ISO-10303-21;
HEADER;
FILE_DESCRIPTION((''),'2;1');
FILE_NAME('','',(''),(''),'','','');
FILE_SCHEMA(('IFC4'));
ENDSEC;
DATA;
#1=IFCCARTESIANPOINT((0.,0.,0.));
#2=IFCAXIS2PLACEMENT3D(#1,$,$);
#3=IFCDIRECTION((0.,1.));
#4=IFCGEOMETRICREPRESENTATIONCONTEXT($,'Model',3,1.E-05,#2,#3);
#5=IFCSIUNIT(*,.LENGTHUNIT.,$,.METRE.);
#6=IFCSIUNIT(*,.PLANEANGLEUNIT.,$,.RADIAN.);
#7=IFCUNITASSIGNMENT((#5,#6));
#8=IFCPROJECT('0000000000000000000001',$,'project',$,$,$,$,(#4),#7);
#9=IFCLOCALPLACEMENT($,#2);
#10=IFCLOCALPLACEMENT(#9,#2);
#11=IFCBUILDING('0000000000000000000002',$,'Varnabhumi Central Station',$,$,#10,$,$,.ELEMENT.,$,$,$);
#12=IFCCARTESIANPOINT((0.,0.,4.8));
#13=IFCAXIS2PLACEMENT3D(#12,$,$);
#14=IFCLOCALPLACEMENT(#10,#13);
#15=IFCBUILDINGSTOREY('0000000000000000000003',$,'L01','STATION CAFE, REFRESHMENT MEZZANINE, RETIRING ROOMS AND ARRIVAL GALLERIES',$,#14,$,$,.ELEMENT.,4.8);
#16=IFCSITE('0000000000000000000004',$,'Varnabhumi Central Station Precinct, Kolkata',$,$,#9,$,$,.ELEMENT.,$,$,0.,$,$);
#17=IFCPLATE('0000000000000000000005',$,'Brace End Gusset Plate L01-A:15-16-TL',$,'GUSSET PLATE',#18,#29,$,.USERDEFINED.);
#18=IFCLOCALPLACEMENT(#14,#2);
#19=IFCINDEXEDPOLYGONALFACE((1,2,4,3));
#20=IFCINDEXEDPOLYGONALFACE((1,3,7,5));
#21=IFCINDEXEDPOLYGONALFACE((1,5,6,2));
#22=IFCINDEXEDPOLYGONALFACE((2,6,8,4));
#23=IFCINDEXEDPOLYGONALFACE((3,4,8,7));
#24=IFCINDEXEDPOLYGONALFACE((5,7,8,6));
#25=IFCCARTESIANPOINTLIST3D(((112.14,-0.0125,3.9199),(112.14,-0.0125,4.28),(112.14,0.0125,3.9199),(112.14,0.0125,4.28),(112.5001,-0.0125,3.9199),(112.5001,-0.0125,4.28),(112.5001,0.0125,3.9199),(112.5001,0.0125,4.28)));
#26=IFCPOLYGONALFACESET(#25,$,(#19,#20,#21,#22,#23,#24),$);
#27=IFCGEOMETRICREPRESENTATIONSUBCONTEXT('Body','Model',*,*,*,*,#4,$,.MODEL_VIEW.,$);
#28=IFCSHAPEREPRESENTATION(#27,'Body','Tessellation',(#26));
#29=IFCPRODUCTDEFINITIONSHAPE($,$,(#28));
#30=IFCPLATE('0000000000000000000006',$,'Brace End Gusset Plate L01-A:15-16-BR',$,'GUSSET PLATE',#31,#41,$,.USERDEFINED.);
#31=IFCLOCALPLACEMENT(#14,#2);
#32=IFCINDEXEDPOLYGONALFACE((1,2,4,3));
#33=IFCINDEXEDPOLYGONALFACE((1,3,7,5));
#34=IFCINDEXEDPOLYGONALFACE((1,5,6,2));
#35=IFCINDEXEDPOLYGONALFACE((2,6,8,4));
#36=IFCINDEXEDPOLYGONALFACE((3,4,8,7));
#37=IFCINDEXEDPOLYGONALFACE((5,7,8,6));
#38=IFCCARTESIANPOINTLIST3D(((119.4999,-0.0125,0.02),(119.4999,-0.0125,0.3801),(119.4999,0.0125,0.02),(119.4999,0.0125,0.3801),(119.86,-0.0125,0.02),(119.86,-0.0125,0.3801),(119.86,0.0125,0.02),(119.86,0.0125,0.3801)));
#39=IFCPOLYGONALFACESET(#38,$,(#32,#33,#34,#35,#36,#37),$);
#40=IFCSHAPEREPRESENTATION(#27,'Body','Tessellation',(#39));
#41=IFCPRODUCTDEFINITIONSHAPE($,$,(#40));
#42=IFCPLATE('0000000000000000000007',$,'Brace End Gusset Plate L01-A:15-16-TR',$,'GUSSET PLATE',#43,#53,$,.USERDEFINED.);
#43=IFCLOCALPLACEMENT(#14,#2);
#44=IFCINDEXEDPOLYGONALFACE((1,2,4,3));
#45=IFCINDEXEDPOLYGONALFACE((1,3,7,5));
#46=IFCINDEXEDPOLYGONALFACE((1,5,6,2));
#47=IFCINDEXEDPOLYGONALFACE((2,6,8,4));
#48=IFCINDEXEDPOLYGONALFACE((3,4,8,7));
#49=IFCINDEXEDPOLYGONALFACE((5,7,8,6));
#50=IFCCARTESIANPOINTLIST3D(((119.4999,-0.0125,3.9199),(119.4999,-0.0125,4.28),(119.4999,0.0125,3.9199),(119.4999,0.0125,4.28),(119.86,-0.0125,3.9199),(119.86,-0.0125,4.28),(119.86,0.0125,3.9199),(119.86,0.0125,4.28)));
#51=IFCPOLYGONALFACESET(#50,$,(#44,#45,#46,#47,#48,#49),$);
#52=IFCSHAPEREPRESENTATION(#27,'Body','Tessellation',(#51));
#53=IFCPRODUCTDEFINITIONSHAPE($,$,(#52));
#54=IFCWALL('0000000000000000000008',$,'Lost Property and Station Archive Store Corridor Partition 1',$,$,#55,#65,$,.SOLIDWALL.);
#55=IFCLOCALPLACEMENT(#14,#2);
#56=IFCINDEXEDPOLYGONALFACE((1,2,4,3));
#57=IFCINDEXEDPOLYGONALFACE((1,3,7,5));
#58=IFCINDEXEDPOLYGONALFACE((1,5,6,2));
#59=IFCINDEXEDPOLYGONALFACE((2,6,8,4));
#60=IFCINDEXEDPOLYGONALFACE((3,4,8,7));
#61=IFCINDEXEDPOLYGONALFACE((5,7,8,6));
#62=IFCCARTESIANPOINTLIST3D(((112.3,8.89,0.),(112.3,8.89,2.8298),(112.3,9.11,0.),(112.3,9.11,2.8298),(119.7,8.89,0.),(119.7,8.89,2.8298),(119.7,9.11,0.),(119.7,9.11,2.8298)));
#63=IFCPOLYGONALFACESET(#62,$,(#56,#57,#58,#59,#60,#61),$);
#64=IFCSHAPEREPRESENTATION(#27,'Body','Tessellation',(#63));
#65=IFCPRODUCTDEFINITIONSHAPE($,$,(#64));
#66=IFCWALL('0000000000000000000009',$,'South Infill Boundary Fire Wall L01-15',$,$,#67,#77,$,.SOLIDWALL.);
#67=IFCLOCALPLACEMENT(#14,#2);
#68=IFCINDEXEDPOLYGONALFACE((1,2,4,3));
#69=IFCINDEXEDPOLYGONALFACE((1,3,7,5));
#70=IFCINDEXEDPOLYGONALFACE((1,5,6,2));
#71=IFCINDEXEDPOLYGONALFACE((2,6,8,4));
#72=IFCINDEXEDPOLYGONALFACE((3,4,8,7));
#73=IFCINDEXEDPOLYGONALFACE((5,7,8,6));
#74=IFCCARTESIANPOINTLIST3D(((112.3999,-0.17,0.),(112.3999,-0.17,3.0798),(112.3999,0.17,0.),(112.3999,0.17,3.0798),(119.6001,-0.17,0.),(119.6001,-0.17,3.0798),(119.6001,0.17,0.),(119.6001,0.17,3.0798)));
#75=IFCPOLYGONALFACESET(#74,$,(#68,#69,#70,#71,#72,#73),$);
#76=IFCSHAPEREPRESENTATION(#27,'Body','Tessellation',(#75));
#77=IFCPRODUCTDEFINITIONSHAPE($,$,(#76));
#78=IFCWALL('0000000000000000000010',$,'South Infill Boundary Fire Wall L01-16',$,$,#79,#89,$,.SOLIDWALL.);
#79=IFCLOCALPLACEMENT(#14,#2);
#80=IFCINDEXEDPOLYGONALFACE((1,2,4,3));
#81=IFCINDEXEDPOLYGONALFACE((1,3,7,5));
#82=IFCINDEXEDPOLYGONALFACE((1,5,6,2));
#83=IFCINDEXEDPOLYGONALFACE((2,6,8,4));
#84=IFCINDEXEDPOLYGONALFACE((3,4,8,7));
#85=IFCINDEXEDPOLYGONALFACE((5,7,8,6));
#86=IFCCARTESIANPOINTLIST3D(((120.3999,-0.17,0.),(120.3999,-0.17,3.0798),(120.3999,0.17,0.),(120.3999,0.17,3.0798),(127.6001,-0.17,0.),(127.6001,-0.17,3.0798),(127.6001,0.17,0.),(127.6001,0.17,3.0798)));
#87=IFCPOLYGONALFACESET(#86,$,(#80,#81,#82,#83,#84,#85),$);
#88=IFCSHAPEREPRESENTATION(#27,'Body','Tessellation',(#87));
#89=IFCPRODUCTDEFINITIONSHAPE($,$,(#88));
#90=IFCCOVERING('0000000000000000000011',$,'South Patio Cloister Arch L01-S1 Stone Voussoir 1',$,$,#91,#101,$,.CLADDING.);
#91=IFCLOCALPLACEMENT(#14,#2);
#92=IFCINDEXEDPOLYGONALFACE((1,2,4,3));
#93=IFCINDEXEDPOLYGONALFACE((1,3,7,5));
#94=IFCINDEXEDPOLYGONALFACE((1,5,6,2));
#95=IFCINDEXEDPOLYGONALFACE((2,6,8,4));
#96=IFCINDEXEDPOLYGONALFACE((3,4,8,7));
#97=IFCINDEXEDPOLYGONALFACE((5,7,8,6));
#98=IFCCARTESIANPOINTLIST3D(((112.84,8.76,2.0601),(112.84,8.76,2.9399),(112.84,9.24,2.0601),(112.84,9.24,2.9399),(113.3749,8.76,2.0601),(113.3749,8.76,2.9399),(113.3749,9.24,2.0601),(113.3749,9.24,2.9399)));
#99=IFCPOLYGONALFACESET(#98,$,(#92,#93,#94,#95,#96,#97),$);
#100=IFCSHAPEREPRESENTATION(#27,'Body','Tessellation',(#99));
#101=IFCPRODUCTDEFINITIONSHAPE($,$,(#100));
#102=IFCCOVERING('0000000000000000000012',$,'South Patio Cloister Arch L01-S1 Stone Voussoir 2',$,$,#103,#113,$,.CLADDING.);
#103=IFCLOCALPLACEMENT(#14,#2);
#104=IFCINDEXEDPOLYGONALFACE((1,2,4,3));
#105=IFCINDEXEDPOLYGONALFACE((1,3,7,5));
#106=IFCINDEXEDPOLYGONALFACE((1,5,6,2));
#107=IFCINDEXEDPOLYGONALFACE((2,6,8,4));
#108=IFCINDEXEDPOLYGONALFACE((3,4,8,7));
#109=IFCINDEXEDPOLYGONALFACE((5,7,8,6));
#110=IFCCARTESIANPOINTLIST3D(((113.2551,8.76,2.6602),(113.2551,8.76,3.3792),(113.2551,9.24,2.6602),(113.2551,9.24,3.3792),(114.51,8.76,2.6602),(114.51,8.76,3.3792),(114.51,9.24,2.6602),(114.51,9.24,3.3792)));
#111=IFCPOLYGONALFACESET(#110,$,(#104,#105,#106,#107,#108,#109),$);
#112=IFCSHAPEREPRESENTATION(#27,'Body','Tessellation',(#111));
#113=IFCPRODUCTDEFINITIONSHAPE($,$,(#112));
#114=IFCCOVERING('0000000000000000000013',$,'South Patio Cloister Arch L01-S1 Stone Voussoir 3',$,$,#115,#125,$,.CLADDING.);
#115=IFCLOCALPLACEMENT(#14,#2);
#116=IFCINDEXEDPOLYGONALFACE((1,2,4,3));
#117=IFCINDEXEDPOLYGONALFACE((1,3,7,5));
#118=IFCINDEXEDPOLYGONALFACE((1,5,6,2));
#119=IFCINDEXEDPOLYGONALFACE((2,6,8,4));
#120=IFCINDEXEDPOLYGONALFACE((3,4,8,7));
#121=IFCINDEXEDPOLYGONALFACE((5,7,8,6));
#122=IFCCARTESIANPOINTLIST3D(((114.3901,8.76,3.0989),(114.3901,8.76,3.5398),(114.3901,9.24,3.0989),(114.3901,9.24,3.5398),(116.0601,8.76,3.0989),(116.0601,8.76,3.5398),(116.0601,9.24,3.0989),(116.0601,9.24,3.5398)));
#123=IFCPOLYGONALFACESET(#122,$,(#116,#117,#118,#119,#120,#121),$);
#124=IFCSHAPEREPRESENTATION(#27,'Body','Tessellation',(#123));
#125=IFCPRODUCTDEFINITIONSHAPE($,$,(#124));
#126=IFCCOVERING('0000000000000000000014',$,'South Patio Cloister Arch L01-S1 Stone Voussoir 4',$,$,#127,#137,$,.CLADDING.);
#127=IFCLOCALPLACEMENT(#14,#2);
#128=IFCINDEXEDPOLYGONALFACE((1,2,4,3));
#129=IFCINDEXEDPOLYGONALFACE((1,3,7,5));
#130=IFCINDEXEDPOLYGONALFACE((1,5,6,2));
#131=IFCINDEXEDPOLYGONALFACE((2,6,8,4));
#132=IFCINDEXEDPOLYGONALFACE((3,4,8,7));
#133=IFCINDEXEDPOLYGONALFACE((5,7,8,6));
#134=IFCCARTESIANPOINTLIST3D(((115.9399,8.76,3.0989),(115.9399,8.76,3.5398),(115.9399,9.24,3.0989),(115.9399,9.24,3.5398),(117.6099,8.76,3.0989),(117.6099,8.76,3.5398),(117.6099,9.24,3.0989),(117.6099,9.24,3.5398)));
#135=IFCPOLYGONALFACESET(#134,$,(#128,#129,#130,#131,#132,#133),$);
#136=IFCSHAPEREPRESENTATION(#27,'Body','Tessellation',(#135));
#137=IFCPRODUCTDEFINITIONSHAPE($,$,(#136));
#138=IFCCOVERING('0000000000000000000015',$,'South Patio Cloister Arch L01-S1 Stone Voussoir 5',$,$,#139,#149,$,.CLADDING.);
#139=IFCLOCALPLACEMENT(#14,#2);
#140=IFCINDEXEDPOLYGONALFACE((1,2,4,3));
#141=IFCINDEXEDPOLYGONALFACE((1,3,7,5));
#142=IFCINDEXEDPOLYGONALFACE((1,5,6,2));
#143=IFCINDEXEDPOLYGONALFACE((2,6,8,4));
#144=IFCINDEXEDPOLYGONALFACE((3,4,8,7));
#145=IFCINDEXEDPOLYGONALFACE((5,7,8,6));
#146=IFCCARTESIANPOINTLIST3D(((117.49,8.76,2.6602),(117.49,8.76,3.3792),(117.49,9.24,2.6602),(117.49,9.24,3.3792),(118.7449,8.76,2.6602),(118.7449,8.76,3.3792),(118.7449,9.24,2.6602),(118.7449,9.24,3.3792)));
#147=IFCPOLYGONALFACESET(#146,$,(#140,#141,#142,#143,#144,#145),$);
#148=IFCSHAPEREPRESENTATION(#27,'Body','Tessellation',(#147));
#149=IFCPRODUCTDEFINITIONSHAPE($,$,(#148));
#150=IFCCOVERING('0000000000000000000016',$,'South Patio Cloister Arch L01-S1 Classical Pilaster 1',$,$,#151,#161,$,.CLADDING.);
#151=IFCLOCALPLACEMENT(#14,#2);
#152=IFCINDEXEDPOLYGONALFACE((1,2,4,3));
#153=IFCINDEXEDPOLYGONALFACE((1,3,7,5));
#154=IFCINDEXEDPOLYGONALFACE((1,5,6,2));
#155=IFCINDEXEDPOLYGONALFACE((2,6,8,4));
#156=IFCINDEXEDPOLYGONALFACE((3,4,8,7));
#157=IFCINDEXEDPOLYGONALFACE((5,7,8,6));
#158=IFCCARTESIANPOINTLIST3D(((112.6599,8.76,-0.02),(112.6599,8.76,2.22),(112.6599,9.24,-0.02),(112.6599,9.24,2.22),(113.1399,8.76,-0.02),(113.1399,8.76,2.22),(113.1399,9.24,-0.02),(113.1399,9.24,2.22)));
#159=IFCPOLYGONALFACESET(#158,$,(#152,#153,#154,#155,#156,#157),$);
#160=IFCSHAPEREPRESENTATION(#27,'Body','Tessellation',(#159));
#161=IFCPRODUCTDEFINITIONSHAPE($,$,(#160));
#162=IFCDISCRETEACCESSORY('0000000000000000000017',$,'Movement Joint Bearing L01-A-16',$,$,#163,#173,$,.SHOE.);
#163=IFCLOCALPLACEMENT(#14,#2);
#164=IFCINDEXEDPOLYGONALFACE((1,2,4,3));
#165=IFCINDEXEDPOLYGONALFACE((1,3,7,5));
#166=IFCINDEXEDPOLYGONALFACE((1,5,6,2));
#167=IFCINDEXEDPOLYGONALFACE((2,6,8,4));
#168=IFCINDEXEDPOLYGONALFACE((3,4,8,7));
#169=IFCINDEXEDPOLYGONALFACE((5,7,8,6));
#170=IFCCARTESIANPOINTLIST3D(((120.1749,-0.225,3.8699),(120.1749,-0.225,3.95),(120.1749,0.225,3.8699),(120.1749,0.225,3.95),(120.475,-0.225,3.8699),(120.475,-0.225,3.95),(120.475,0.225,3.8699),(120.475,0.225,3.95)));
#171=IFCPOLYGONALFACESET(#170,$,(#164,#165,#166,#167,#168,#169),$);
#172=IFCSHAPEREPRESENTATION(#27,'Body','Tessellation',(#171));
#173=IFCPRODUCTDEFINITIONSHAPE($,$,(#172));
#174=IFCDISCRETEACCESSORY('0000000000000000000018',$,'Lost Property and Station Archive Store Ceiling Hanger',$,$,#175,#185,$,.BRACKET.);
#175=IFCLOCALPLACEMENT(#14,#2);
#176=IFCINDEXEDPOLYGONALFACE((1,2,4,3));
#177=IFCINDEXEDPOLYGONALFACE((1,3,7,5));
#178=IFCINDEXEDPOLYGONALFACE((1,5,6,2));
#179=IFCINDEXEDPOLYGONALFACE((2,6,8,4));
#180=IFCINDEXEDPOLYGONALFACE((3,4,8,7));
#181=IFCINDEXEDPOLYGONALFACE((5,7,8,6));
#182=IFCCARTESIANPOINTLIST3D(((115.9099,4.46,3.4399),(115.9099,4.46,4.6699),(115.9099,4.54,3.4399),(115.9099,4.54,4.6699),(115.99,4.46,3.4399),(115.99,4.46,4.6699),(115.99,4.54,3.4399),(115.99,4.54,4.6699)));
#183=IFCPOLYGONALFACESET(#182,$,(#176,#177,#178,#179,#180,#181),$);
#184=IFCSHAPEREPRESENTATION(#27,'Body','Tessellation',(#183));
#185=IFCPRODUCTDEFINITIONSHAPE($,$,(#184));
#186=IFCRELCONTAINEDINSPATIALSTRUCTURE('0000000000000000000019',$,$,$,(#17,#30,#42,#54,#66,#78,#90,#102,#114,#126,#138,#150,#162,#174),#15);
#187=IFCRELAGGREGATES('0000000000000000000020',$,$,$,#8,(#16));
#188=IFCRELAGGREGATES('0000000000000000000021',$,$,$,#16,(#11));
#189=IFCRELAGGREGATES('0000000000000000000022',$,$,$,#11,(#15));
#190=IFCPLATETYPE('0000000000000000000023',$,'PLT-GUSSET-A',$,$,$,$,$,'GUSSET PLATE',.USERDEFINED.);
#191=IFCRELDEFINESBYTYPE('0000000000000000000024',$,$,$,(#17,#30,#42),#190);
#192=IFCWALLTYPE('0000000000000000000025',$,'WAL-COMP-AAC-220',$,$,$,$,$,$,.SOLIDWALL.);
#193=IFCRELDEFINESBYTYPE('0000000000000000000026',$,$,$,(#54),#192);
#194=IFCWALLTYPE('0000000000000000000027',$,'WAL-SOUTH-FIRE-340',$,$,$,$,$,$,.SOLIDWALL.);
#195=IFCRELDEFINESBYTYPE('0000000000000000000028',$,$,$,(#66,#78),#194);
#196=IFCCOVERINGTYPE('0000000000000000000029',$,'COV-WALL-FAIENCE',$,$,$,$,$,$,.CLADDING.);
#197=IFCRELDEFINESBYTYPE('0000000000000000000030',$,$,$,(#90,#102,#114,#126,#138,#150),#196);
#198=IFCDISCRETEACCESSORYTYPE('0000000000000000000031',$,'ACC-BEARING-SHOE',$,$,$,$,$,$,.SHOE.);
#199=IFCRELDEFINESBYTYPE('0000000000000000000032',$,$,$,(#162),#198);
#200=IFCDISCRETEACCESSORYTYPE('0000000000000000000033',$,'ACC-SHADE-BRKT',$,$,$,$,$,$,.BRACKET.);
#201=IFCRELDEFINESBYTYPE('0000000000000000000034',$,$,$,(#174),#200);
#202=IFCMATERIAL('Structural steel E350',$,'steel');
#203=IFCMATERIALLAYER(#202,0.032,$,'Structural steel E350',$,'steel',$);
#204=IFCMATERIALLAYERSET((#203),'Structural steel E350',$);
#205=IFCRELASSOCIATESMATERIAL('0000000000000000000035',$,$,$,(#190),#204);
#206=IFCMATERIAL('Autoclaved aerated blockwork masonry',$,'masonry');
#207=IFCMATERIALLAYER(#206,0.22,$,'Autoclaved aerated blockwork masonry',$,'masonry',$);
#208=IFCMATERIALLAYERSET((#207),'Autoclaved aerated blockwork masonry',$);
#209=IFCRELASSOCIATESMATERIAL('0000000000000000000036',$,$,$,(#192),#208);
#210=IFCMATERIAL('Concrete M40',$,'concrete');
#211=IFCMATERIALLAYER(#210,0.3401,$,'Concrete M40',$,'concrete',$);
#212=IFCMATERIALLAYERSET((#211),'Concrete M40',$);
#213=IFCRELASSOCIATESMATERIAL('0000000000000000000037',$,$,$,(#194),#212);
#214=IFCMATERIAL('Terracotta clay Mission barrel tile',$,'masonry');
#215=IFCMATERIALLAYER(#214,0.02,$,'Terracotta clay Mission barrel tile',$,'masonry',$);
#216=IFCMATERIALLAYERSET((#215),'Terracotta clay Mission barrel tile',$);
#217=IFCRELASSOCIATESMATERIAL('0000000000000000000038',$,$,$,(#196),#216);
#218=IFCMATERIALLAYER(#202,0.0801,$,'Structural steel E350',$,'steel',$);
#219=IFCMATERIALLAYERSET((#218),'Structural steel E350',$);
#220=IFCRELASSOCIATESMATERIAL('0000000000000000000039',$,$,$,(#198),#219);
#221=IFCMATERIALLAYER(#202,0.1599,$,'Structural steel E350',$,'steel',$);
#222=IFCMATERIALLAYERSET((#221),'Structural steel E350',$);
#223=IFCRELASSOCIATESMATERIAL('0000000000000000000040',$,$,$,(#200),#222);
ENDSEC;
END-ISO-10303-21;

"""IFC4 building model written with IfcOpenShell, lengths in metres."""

from ifc_helpers import new_model, si_unit, direction, frame, frame_2d, origin, origin_2d, place, context, subcontext, project, spatial, rectangle, extrude, material, layer, layer_set, type_object, element, save


model = new_model("IFC4")

# Units and contexts
model_context = context("Model", 3, precision=1e-05, world=origin(), true_north=direction((0.0, 1.0)))
body_context = subcontext(model_context, "Body", "Model", "MODEL_VIEW")
ifc_project = project(units=[si_unit("LENGTHUNIT", "METRE"), si_unit("PLANEANGLEUNIT", "RADIAN")], contexts=[model_context])

# Site, building, storey
site_placement = place(None, origin())
site = spatial("IfcSite", under=ifc_project, at=site_placement, Name="Varnabhumi Central Station Precinct, Kolkata", CompositionType="ELEMENT", RefElevation=0.0)
building_placement = place(site_placement, origin())
building = spatial("IfcBuilding", under=site, at=building_placement, Name="Varnabhumi Central Station", CompositionType="ELEMENT")
storey_placement = place(building_placement, frame((0.0, 0.0, 4.8)))
storey = spatial("IfcBuildingStorey", under=building, at=storey_placement, Name="L01", Description="STATION CAFE, REFRESHMENT MEZZANINE, RETIRING ROOMS AND ARRIVAL GALLERIES", CompositionType="ELEMENT", Elevation=4.8)

# Shared definitions
ifc_material_1 = material(Name="Concrete M40", Category="concrete")

# Shared definitions
ifc_material_2 = material(Name="Structural steel E350", Category="steel")

# Plates
ifc_layer_1 = layer(ifc_material_2, 0.032, Name="Structural steel E350", Category="steel")
ifc_layer_set_1 = layer_set([ifc_layer_1], Name="Structural steel E350")
plate_type_1 = type_object("IfcPlateType", Name="PLT-GUSSET-A", ElementType="GUSSET PLATE", PredefinedType="USERDEFINED", material=ifc_layer_set_1)
for number, where, z_axis, x_axis, name in (
    (1, (112.3201, 0.0, 3.9199), (0.0, 0.0, 1.0), (1.0, 0.0, 0.0), "Brace End Gusset Plate L01-A:15-16-TL"),
    (2, (119.6799, 0.0, 0.02), (0.0, 0.0, 1.0), (1.0, 0.0, 0.0), "Brace End Gusset Plate L01-A:15-16-BR"),
    (3, (119.6799, 0.0, 3.9199), (0.0, 0.0, 1.0), (1.0, 0.0, 0.0), "Brace End Gusset Plate L01-A:15-16-TR"),
):
    element("IfcPlate", number, at=place(storey_placement, frame(where, z_axis=z_axis, x_axis=x_axis)), inside=storey, type_object=plate_type_1, Name=name, ObjectType="GUSSET PLATE", PredefinedType="USERDEFINED", context=body_context, shape_type="SweptSolid", body=[
        extrude(rectangle(XDim=0.3601, YDim=0.0249, at=origin_2d()), origin(), (0.0, 0.0, 1.0), 0.3601),
    ])

# Walls
ifc_material_3 = material(Name="Autoclaved aerated blockwork masonry", Category="masonry")
ifc_layer_2 = layer(ifc_material_3, 0.22, Name="Autoclaved aerated blockwork masonry", Category="masonry")
ifc_layer_set_2 = layer_set([ifc_layer_2], Name="Autoclaved aerated blockwork masonry")
wall_type_1 = type_object("IfcWallType", Name="WAL-COMP-AAC-220", PredefinedType="SOLIDWALL", material=ifc_layer_set_2)
wall_placement = place(storey_placement, frame((112.3, 9.0, 0.0), z_axis=(0.0, 0.0, 1.0), x_axis=(1.0, 0.0, 0.0)))
element("IfcWall", 4, at=wall_placement, inside=storey, type_object=wall_type_1, Name="Lost Property and Station Archive Store Corridor Partition 1", PredefinedType="SOLIDWALL", context=body_context, shape_type="SweptSolid", body=[
    extrude(rectangle(XDim=7.3999, YDim=0.22, at=frame_2d((3.7, 0.0))), origin(), (0.0, 0.0, 1.0), 2.8298),
])
ifc_layer_3 = layer(ifc_material_1, 0.3401, Name="Concrete M40", Category="concrete")
ifc_layer_set_3 = layer_set([ifc_layer_3], Name="Concrete M40")
wall_type_2 = type_object("IfcWallType", Name="WAL-SOUTH-FIRE-340", PredefinedType="SOLIDWALL", material=ifc_layer_set_3)
for number, where, z_axis, x_axis, name in (
    (5, (112.3999, 0.0, 0.0), (0.0, 0.0, 1.0), (1.0, 0.0, 0.0), "South Infill Boundary Fire Wall L01-15"),
    (6, (120.3999, 0.0, 0.0), (0.0, 0.0, 1.0), (1.0, 0.0, 0.0), "South Infill Boundary Fire Wall L01-16"),
):
    element("IfcWall", number, at=place(storey_placement, frame(where, z_axis=z_axis, x_axis=x_axis)), inside=storey, type_object=wall_type_2, Name=name, PredefinedType="SOLIDWALL", context=body_context, shape_type="SweptSolid", body=[
        extrude(rectangle(XDim=7.2002, YDim=0.3401, at=frame_2d((3.6001, 0.0))), origin(), (0.0, 0.0, 1.0), 3.0798),
    ])

# Coverings
ifc_material_4 = material(Name="Terracotta clay Mission barrel tile", Category="masonry")
ifc_layer_4 = layer(ifc_material_4, 0.02, Name="Terracotta clay Mission barrel tile", Category="masonry")
ifc_layer_set_4 = layer_set([ifc_layer_4], Name="Terracotta clay Mission barrel tile")
covering_type = type_object("IfcCoveringType", Name="COV-WALL-FAIENCE", PredefinedType="CLADDING", material=ifc_layer_set_4)
covering_1_placement = place(storey_placement, frame((113.1074, 9.0, 2.0601), z_axis=(0.0, 0.0, 1.0), x_axis=(1.0, 0.0, 0.0)))
element("IfcCovering", 7, at=covering_1_placement, inside=storey, type_object=covering_type, Name="South Patio Cloister Arch L01-S1 Stone Voussoir 1", PredefinedType="CLADDING", context=body_context, shape_type="SweptSolid", body=[
    extrude(rectangle(XDim=0.5349, YDim=0.48, at=origin_2d()), origin(), (0.0, 0.0, 1.0), 0.8799),
])
covering_2_placement = place(storey_placement, frame((113.8826, 9.0, 2.6602), z_axis=(0.0, 0.0, 1.0), x_axis=(1.0, 0.0, 0.0)))
element("IfcCovering", 8, at=covering_2_placement, inside=storey, type_object=covering_type, Name="South Patio Cloister Arch L01-S1 Stone Voussoir 2", PredefinedType="CLADDING", context=body_context, shape_type="SweptSolid", body=[
    extrude(rectangle(XDim=1.2549, YDim=0.48, at=origin_2d()), origin(), (0.0, 0.0, 1.0), 0.719),
])
for number, where, z_axis, x_axis, name in (
    (9, (115.2251, 9.0, 3.0989), (0.0, 0.0, 1.0), (1.0, 0.0, 0.0), "South Patio Cloister Arch L01-S1 Stone Voussoir 3"),
    (10, (116.7749, 9.0, 3.0989), (0.0, 0.0, 1.0), (1.0, 0.0, 0.0), "South Patio Cloister Arch L01-S1 Stone Voussoir 4"),
):
    element("IfcCovering", number, at=place(storey_placement, frame(where, z_axis=z_axis, x_axis=x_axis)), inside=storey, type_object=covering_type, Name=name, PredefinedType="CLADDING", context=body_context, shape_type="SweptSolid", body=[
        extrude(rectangle(XDim=1.6699, YDim=0.48, at=origin_2d()), origin(), (0.0, 0.0, 1.0), 0.4409),
    ])
covering_3_placement = place(storey_placement, frame((118.1174, 9.0, 2.6602), z_axis=(0.0, 0.0, 1.0), x_axis=(1.0, 0.0, 0.0)))
element("IfcCovering", 11, at=covering_3_placement, inside=storey, type_object=covering_type, Name="South Patio Cloister Arch L01-S1 Stone Voussoir 5", PredefinedType="CLADDING", context=body_context, shape_type="SweptSolid", body=[
    extrude(rectangle(XDim=1.2549, YDim=0.48, at=origin_2d()), origin(), (0.0, 0.0, 1.0), 0.719),
])
covering_4_placement = place(storey_placement, frame((112.8999, 9.0, -0.02), z_axis=(0.0, 0.0, 1.0), x_axis=(1.0, 0.0, 0.0)))
element("IfcCovering", 12, at=covering_4_placement, inside=storey, type_object=covering_type, Name="South Patio Cloister Arch L01-S1 Classical Pilaster 1", PredefinedType="CLADDING", context=body_context, shape_type="SweptSolid", body=[
    extrude(rectangle(XDim=0.48, YDim=0.48, at=origin_2d()), origin(), (0.0, 0.0, 1.0), 2.24),
])

# Discrete accessories
ifc_layer_5 = layer(ifc_material_2, 0.0801, Name="Structural steel E350", Category="steel")
ifc_layer_set_5 = layer_set([ifc_layer_5], Name="Structural steel E350")
discrete_accessory_type_1 = type_object("IfcDiscreteAccessoryType", Name="ACC-BEARING-SHOE", PredefinedType="SHOE", material=ifc_layer_set_5)
discrete_accessory_1_placement = place(storey_placement, frame((120.325, 0.0, 3.8699), z_axis=(0.0, 0.0, 1.0), x_axis=(1.0, 0.0, 0.0)))
element("IfcDiscreteAccessory", 13, at=discrete_accessory_1_placement, inside=storey, type_object=discrete_accessory_type_1, Name="Movement Joint Bearing L01-A-16", PredefinedType="SHOE", context=body_context, shape_type="SweptSolid", body=[
    extrude(rectangle(XDim=0.3, YDim=0.45, at=origin_2d()), origin(), (0.0, 0.0, 1.0), 0.0801),
])
ifc_layer_6 = layer(ifc_material_2, 0.1599, Name="Structural steel E350", Category="steel")
ifc_layer_set_6 = layer_set([ifc_layer_6], Name="Structural steel E350")
discrete_accessory_type_2 = type_object("IfcDiscreteAccessoryType", Name="ACC-SHADE-BRKT", PredefinedType="BRACKET", material=ifc_layer_set_6)
discrete_accessory_2_placement = place(storey_placement, frame((115.95, 4.5, 3.4399), z_axis=(0.0, 0.0, 1.0), x_axis=(1.0, 0.0, 0.0)))
element("IfcDiscreteAccessory", 14, at=discrete_accessory_2_placement, inside=storey, type_object=discrete_accessory_type_2, Name="Lost Property and Station Archive Store Ceiling Hanger", PredefinedType="BRACKET", context=body_context, shape_type="SweptSolid", body=[
    extrude(rectangle(XDim=0.0801, YDim=0.0801, at=origin_2d()), origin(), (0.0, 0.0, 1.0), 1.23),
])

save(model, "model.ifc")
